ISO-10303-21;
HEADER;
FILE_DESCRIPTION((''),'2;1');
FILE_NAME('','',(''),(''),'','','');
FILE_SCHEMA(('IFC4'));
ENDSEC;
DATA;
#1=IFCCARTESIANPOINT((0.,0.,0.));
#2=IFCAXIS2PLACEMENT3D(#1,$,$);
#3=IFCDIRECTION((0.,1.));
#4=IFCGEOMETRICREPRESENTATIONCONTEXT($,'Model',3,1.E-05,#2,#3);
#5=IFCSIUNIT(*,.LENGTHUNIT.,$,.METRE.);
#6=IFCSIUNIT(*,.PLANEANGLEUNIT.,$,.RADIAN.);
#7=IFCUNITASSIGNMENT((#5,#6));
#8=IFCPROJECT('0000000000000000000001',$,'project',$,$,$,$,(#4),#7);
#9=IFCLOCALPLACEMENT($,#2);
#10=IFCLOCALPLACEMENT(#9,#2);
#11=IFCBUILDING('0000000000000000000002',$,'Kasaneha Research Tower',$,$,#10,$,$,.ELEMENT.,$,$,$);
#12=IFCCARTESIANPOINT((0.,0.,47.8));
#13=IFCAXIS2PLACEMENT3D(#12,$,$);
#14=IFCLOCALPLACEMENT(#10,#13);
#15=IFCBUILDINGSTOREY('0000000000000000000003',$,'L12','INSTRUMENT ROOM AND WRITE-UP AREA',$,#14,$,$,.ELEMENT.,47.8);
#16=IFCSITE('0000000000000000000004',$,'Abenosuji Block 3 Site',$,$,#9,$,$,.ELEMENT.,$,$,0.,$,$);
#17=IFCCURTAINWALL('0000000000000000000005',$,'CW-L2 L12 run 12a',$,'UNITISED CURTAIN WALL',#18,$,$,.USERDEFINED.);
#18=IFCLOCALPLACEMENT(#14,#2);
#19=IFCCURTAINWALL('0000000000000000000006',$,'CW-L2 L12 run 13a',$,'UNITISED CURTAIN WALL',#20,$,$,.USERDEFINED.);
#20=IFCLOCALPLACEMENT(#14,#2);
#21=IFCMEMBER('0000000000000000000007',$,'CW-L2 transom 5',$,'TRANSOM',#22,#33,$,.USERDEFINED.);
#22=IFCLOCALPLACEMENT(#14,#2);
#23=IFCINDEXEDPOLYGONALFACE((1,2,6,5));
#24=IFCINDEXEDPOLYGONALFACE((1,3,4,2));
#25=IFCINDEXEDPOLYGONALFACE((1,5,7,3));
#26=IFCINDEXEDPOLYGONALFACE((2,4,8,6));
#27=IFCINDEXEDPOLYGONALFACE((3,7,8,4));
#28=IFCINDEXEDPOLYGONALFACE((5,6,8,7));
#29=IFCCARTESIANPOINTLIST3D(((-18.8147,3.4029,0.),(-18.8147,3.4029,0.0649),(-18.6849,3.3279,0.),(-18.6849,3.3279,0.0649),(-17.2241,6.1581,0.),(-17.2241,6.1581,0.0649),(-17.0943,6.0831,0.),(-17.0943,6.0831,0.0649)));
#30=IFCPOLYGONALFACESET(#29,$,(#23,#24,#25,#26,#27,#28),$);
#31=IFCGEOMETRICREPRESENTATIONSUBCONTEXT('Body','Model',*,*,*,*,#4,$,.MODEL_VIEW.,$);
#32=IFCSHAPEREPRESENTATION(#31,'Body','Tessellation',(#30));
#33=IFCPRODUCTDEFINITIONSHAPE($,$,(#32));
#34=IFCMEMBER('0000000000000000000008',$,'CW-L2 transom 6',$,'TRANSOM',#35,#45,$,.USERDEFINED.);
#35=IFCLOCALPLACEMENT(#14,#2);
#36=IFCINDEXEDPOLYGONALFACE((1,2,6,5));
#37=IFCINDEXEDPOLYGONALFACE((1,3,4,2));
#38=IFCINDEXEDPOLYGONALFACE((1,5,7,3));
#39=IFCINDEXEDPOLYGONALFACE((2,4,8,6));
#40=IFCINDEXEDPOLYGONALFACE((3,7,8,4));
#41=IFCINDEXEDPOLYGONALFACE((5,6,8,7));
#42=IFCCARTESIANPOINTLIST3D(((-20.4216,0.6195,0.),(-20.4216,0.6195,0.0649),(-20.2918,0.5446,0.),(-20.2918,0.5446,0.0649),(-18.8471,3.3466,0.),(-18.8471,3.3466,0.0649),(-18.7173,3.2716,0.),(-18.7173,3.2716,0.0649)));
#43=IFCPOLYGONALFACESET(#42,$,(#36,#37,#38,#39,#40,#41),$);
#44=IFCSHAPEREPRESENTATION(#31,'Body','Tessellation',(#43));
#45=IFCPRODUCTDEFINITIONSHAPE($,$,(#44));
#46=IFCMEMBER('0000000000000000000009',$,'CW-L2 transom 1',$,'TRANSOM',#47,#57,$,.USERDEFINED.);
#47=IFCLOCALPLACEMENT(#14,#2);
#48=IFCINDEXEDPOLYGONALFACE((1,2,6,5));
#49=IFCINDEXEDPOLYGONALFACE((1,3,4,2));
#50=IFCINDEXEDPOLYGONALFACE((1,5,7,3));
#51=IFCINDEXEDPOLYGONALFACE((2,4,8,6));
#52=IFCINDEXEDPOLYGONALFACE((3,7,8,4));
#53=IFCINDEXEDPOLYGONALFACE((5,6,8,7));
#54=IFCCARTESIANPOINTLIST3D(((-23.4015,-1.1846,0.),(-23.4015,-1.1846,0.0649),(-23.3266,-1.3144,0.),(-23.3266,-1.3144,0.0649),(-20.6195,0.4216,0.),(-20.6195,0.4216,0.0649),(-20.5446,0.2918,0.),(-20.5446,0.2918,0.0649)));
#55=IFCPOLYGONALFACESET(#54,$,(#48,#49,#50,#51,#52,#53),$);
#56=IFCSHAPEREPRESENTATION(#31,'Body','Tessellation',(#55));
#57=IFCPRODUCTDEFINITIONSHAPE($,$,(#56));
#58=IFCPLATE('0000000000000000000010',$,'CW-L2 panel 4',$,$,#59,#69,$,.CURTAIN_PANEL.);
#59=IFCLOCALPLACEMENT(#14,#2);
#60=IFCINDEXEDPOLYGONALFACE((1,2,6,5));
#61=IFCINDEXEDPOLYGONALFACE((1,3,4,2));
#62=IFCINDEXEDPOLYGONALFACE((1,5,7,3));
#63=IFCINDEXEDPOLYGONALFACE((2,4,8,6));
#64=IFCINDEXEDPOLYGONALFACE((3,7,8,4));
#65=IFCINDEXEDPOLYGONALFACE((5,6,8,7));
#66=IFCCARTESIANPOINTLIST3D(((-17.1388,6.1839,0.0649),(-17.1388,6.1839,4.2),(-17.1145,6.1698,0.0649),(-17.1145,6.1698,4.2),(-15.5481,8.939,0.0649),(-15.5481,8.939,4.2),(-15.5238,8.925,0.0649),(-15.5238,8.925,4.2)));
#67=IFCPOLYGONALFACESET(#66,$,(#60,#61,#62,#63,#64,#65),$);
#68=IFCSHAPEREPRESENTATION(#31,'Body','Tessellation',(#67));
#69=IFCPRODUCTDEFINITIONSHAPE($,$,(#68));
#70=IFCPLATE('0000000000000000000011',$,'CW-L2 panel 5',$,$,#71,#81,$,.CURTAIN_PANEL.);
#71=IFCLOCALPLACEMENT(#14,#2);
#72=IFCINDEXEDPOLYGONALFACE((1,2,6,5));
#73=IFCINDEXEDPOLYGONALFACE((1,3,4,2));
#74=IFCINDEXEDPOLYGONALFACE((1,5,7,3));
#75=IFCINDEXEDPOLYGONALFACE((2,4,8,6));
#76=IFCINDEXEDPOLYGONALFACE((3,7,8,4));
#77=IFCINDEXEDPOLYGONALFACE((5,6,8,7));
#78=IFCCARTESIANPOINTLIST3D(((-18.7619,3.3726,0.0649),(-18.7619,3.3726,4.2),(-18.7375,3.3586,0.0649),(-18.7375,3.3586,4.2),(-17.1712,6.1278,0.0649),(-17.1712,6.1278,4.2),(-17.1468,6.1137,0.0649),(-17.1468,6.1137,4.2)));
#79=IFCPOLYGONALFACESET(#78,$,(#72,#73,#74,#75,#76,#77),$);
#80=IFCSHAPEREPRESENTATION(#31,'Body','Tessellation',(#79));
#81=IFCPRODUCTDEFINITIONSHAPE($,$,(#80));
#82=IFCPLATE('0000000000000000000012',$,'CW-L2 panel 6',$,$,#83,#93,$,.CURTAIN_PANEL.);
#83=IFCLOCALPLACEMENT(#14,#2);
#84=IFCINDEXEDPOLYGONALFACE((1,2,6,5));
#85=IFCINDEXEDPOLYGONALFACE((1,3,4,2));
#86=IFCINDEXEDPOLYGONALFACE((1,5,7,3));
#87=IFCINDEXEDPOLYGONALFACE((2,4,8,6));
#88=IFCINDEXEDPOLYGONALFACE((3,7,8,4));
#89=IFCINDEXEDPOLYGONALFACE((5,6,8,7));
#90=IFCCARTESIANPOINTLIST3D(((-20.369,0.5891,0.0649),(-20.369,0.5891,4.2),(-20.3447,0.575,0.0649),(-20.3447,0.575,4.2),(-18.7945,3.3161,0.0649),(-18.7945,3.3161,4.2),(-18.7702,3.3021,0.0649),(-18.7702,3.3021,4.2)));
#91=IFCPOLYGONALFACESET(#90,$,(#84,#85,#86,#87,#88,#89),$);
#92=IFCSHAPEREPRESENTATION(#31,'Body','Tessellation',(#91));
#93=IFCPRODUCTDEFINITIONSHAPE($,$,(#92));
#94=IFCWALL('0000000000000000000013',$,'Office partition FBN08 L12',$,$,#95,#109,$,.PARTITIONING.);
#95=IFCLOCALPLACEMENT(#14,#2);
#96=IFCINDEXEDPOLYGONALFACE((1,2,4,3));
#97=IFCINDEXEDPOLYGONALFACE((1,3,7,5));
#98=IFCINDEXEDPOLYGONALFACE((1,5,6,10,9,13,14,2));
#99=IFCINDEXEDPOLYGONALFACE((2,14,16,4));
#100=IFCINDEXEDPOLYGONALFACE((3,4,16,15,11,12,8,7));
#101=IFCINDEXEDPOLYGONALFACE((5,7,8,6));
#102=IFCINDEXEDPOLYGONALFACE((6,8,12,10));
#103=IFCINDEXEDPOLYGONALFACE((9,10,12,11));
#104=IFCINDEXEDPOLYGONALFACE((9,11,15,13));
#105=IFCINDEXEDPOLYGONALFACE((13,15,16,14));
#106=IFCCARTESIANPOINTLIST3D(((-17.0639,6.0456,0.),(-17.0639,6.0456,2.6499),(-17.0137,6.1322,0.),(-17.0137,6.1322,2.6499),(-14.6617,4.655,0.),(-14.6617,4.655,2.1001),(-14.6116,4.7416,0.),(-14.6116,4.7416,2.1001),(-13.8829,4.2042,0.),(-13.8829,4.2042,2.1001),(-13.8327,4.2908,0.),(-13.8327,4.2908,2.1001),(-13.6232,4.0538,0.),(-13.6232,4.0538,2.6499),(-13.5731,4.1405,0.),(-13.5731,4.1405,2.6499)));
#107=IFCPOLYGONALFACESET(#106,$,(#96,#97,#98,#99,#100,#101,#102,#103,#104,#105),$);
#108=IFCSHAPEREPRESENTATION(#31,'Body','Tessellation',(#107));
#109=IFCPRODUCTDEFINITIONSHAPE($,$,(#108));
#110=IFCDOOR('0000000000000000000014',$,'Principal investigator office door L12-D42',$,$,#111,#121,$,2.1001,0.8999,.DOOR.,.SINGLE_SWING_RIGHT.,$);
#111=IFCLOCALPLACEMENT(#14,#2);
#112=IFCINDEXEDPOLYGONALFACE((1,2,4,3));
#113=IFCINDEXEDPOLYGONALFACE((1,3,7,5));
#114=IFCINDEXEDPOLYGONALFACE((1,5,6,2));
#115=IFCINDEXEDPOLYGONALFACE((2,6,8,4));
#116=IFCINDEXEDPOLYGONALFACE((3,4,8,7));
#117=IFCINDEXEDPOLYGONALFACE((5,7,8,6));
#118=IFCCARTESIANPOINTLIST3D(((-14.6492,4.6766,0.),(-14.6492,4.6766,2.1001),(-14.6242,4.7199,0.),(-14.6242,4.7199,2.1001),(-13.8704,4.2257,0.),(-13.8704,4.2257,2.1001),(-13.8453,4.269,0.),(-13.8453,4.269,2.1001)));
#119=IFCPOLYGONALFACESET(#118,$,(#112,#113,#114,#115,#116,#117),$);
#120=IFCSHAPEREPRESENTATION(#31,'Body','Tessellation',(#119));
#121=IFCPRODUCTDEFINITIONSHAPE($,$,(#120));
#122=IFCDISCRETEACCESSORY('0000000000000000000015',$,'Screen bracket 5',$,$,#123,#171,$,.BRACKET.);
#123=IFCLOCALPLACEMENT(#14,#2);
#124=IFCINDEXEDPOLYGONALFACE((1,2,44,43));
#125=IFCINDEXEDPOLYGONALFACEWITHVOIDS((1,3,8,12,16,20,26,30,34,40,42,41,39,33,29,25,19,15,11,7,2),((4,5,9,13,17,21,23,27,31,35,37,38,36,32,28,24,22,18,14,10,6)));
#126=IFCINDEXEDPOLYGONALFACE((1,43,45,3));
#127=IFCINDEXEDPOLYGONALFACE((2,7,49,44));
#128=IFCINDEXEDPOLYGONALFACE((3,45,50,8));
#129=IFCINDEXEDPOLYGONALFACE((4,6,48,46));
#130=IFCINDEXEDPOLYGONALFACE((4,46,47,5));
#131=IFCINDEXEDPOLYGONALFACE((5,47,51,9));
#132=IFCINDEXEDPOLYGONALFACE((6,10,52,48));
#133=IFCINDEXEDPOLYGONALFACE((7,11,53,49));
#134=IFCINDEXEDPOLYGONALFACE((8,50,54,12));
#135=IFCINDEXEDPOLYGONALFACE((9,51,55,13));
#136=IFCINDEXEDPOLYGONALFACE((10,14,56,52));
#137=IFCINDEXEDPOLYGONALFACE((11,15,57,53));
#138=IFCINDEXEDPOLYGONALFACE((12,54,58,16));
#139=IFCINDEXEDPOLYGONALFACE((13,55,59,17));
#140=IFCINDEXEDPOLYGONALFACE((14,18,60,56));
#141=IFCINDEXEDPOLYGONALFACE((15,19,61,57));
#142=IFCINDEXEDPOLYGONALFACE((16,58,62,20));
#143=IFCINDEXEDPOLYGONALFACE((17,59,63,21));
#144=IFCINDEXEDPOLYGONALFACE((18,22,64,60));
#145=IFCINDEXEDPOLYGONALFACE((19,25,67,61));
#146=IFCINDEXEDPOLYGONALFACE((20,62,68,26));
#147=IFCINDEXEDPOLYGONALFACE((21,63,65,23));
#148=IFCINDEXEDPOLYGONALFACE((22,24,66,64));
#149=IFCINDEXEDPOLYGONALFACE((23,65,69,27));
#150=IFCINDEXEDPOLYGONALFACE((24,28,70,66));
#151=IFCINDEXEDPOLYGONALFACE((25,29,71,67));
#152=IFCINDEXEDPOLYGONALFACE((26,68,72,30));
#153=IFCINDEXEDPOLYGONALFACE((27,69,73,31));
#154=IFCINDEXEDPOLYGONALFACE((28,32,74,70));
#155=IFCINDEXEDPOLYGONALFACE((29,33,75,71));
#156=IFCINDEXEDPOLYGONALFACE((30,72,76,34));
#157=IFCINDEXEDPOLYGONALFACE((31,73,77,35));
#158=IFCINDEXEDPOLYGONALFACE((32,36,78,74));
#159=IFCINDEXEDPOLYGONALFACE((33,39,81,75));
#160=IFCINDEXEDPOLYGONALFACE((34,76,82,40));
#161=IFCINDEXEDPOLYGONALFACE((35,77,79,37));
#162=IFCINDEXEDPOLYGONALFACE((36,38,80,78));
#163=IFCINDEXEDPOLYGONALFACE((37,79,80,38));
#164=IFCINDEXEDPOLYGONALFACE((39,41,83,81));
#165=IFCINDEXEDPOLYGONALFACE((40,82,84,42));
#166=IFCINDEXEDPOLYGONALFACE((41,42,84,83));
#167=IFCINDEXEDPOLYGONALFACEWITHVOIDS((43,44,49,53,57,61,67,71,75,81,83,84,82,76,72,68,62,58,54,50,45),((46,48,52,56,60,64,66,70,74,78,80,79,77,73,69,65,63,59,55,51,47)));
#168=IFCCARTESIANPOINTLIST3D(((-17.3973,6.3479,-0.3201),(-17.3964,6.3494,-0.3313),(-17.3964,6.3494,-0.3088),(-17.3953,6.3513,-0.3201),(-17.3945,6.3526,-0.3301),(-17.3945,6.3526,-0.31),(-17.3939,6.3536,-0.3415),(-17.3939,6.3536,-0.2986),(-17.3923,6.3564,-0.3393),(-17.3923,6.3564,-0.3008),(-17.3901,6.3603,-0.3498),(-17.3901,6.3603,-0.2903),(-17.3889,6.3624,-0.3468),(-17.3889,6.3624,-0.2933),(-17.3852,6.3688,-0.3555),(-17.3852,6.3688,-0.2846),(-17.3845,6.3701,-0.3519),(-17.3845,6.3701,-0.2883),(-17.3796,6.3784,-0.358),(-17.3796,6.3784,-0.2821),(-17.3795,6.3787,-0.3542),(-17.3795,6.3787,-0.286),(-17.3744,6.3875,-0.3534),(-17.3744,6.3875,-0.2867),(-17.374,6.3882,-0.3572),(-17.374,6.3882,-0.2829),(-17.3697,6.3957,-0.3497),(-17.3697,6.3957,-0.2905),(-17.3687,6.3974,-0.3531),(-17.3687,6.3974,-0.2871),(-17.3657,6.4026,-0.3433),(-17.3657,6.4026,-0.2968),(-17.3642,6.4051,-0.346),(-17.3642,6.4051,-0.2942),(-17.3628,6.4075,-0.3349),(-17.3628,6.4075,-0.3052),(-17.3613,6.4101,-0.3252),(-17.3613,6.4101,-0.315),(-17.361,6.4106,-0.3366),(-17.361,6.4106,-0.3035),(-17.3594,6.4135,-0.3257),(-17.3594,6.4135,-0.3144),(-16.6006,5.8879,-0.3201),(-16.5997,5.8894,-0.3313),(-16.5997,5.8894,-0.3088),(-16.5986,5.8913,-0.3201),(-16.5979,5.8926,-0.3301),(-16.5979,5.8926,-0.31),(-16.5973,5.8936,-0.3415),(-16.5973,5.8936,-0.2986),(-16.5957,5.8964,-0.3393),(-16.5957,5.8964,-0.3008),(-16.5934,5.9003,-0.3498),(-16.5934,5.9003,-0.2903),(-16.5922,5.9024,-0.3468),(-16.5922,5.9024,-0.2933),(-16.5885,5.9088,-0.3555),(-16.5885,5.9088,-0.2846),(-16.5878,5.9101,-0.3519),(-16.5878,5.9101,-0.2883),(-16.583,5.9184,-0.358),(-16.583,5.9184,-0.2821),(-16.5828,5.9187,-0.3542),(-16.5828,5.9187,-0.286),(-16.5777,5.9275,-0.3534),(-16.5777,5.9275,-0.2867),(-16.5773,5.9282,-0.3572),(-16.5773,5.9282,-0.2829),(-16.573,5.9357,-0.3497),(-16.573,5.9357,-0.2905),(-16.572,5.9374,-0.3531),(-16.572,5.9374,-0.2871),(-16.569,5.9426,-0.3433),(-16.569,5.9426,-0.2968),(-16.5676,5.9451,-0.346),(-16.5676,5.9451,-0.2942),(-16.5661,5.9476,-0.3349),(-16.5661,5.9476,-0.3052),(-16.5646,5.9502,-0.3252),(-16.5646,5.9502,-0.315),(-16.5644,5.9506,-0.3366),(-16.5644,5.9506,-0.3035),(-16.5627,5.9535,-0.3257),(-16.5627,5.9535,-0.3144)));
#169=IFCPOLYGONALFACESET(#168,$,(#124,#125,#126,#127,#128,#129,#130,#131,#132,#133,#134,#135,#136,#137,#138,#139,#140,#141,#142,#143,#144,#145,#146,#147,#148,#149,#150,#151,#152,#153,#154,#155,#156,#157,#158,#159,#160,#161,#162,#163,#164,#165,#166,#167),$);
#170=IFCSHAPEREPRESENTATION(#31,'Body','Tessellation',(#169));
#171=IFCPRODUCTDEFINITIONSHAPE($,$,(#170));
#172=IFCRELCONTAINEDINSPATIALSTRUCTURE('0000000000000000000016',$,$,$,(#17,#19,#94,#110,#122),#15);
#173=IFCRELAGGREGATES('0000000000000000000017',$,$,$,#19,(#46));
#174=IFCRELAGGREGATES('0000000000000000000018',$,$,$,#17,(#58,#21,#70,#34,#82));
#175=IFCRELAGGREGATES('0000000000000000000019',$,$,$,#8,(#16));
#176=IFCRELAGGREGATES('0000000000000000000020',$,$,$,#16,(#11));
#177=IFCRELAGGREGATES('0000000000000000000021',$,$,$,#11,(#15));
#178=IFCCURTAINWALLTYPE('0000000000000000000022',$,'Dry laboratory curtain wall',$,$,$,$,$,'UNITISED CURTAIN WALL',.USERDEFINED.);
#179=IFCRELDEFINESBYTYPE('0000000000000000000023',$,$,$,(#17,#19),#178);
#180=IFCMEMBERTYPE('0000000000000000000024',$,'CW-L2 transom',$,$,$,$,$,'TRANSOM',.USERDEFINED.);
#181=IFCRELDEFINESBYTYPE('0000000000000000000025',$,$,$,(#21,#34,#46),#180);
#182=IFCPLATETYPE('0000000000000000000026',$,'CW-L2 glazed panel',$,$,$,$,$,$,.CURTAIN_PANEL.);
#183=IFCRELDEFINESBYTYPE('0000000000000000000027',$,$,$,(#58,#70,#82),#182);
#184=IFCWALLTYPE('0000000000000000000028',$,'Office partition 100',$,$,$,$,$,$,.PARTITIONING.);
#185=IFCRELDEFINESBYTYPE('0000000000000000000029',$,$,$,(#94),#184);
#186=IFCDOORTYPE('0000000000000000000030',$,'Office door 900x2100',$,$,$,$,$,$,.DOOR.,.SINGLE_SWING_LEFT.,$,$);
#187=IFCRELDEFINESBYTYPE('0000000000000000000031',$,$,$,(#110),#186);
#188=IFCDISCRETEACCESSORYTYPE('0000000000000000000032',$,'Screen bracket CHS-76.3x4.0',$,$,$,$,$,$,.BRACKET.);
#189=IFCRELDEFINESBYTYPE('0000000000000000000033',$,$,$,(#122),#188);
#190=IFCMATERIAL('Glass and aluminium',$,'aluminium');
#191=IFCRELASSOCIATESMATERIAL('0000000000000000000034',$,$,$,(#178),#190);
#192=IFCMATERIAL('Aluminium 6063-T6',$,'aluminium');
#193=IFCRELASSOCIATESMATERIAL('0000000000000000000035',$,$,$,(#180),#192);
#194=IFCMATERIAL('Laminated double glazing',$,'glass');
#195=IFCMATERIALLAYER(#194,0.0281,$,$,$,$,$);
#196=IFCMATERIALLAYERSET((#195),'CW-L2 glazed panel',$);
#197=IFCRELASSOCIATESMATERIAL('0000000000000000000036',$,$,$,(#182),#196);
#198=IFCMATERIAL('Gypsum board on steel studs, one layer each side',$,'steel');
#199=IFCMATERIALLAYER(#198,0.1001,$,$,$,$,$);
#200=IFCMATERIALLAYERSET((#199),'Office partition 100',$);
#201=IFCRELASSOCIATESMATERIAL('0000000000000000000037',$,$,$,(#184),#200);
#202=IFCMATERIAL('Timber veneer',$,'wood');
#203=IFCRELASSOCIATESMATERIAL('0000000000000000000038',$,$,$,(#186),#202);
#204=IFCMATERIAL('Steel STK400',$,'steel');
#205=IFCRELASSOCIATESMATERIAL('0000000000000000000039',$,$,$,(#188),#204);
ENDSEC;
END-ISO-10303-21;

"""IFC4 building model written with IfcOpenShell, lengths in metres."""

from ifc_helpers import new_model, si_unit, direction, frame, frame_2d, origin, origin_2d, place, context, subcontext, project, spatial, rectangle, hollow_circle, extrude, material, layer, layer_set, material_profile, profile_set, type_object, element, fill, aggregate, save


model = new_model("IFC4")

# Units and contexts
model_context = context("Model", 3, precision=1e-05, world=origin(), true_north=direction((0.0, 1.0)))
body_context = subcontext(model_context, "Body", "Model", "MODEL_VIEW")
ifc_project = project(units=[si_unit("LENGTHUNIT", "METRE"), si_unit("PLANEANGLEUNIT", "RADIAN")], contexts=[model_context])

# Site, building, storey
site_placement = place(None, origin())
site = spatial("IfcSite", under=ifc_project, at=site_placement, Name="Abenosuji Block 3 Site", CompositionType="ELEMENT", RefElevation=0.0)
building_placement = place(site_placement, origin())
building = spatial("IfcBuilding", under=site, at=building_placement, Name="Kasaneha Research Tower", CompositionType="ELEMENT")
storey_placement = place(building_placement, frame((0.0, 0.0, 47.8)))
storey = spatial("IfcBuildingStorey", under=building, at=storey_placement, Name="L12", Description="INSTRUMENT ROOM AND WRITE-UP AREA", CompositionType="ELEMENT", Elevation=47.8)

# Curtain wall
ifc_material_1 = material(Name="Glass and aluminium", Category="aluminium")
curtain_wall_type = type_object("IfcCurtainWallType", Name="Dry laboratory curtain wall", ElementType="UNITISED CURTAIN WALL", PredefinedType="USERDEFINED", material=ifc_material_1)
curtain_wall_1_placement = place(storey_placement, origin())
curtain_wall_1 = element("IfcCurtainWall", 1, at=curtain_wall_1_placement, inside=storey, type_object=curtain_wall_type, Name="CW-L2 L12 run 12a", ObjectType="UNITISED CURTAIN WALL", PredefinedType="USERDEFINED")

# Curtain wall
curtain_wall_2_placement = place(storey_placement, origin())
curtain_wall_2 = element("IfcCurtainWall", 2, at=curtain_wall_2_placement, inside=storey, type_object=curtain_wall_type, Name="CW-L2 L12 run 13a", ObjectType="UNITISED CURTAIN WALL", PredefinedType="USERDEFINED")

# Members
ifc_material_2 = material(Name="Aluminium 6063-T6", Category="aluminium")
ifc_material_profile_1 = material_profile(ifc_material_2, rectangle(XDim=0.1499, YDim=0.0649, at=origin_2d()), Name="CW-L2 transom 150x65")
ifc_profile_set_1 = profile_set([ifc_material_profile_1], Name="Aluminium 6063-T6")
member_type_1 = type_object("IfcMemberType", Name="CW-L2 transom", ElementType="TRANSOM", PredefinedType="USERDEFINED", material=ifc_profile_set_1)
member_1_placement = place(storey_placement, frame((-17.1592, 6.1206, 0.0325), z_axis=(-0.499977, -0.866039, 0.0), x_axis=(0.866039, -0.499977, 0.0)))
member_1 = element("IfcMember", 3, at=member_1_placement, type_object=member_type_1, Name="CW-L2 transom 5", ObjectType="TRANSOM", PredefinedType="USERDEFINED", context=body_context, shape_type="SweptSolid", body=[
    extrude(rectangle(XDim=0.1499, YDim=0.0649, at=origin_2d()), origin(), (0.0, 0.0, 1.0), 3.1814),
])
member_2_placement = place(storey_placement, frame((-18.7822, 3.3091, 0.0325), z_axis=(-0.5, -0.866025, 0.0), x_axis=(0.866025, -0.5, 0.0)))
member_2 = element("IfcMember", 4, at=member_2_placement, type_object=member_type_1, Name="CW-L2 transom 6", ObjectType="TRANSOM", PredefinedType="USERDEFINED", context=body_context, shape_type="SweptSolid", body=[
    extrude(rectangle(XDim=0.1499, YDim=0.0649, at=origin_2d()), origin(), (0.0, 0.0, 1.0), 3.1489),
])
member_3_placement = place(storey_placement, frame((-20.582, 0.3567, 0.0325), z_axis=(-0.866022, -0.500005, 0.0), x_axis=(0.500005, -0.866022, 0.0)))
member_3 = element("IfcMember", 5, at=member_3_placement, type_object=member_type_1, Name="CW-L2 transom 1", ObjectType="TRANSOM", PredefinedType="USERDEFINED", context=body_context, shape_type="SweptSolid", body=[
    extrude(rectangle(XDim=0.1499, YDim=0.0649, at=origin_2d()), origin(), (0.0, 0.0, 1.0), 3.2124),
])
aggregate(curtain_wall_2, [member_3])

# Plates
ifc_material_3 = material(Name="Laminated double glazing", Category="glass")
ifc_layer_1 = layer(ifc_material_3, 0.0281)
ifc_layer_set_1 = layer_set([ifc_layer_1], Name="CW-L2 glazed panel")
plate_type = type_object("IfcPlateType", Name="CW-L2 glazed panel", PredefinedType="CURTAIN_PANEL", material=ifc_layer_set_1)
plate_1_placement = place(storey_placement, frame((-16.3313, 7.5544, 0.0649), z_axis=(0.0, 0.0, 1.0), x_axis=(-0.5, -0.866025, 0.0)))
plate_1 = element("IfcPlate", 6, at=plate_1_placement, type_object=plate_type, Name="CW-L2 panel 4", PredefinedType="CURTAIN_PANEL", context=body_context, shape_type="SweptSolid", body=[
    extrude(rectangle(XDim=3.1814, YDim=0.0281, at=origin_2d()), origin(), (0.0, 0.0, 1.0), 4.135),
])
plate_2_placement = place(storey_placement, frame((-17.9543, 4.7432, 0.0649), z_axis=(0.0, 0.0, 1.0), x_axis=(-0.5, -0.866025, 0.0)))
plate_2 = element("IfcPlate", 7, at=plate_2_placement, type_object=plate_type, Name="CW-L2 panel 5", PredefinedType="CURTAIN_PANEL", context=body_context, shape_type="SweptSolid", body=[
    extrude(rectangle(XDim=3.1814, YDim=0.0281, at=origin_2d()), origin(), (0.0, 0.0, 1.0), 4.135),
])
plate_3_placement = place(storey_placement, frame((-19.5696, 1.9456, 0.0649), z_axis=(0.0, 0.0, 1.0), x_axis=(-0.5, -0.866025, 0.0)))
plate_3 = element("IfcPlate", 8, at=plate_3_placement, type_object=plate_type, Name="CW-L2 panel 6", PredefinedType="CURTAIN_PANEL", context=body_context, shape_type="SweptSolid", body=[
    extrude(rectangle(XDim=3.1489, YDim=0.0281, at=origin_2d()), origin(), (0.0, 0.0, 1.0), 4.135),
])
aggregate(curtain_wall_1, [plate_1, member_1, plate_2, member_2, plate_3])

# Wall, opening, door
ifc_material_4 = material(Name="Gypsum board on steel studs, one layer each side", Category="steel")
ifc_layer_2 = layer(ifc_material_4, 0.1001)
ifc_layer_set_2 = layer_set([ifc_layer_2], Name="Office partition 100")
wall_type = type_object("IfcWallType", Name="Office partition 100", PredefinedType="PARTITIONING", material=ifc_layer_set_2)
wall_placement = place(storey_placement, frame((-17.0388, 6.0889, 0.0), z_axis=(0.0, 0.0, 1.0), x_axis=(0.865456, -0.500985, 0.0)))
wall = element("IfcWall", 9, at=wall_placement, inside=storey, type_object=wall_type, Name="Office partition FBN08 L12", PredefinedType="PARTITIONING", context=body_context, shape_type="SweptSolid", body=[
    extrude(rectangle(XDim=3.9756, YDim=0.1001, at=frame_2d((1.9878, 0.0))), origin(), (0.0, 0.0, 1.0), 2.6499),
])
opening_placement = place(wall_placement, frame((2.7756, 0.0, 0.0)))
opening = element("IfcOpeningElement", 10, at=opening_placement, cuts=wall, PredefinedType="OPENING", context=body_context, shape_type="SweptSolid", body=[
    extrude(rectangle(XDim=0.8999, YDim=2.1001, at=frame_2d((0.45, 1.05))), frame((0.0, 0.0601, 0.0), z_axis=(0.0, -1.0, 0.0), x_axis=(1.0, 0.0, 0.0)), (0.0, 0.0, 1.0), 0.1201),
])
ifc_material_5 = material(Name="Timber veneer", Category="wood")
door_type = type_object("IfcDoorType", Name="Office door 900x2100", OperationType="SINGLE_SWING_LEFT", PredefinedType="DOOR", material=ifc_material_5)
door_placement = place(opening_placement, origin())
door = element("IfcDoor", 11, at=door_placement, inside=storey, type_object=door_type, Name="Principal investigator office door L12-D42", OperationType="SINGLE_SWING_RIGHT", OverallHeight=2.1001, OverallWidth=0.8999, PredefinedType="DOOR", context=body_context, shape_type="SweptSolid", body=[
    extrude(rectangle(XDim=0.8999, YDim=2.1001, at=frame_2d((0.45, 1.05))), frame((0.0, 0.0249, 0.0), z_axis=(0.0, -1.0, 0.0), x_axis=(1.0, 0.0, 0.0)), (0.0, 0.0, 1.0), 0.05),
])
fill(opening, door)

# Discrete accessory
ifc_material_6 = material(Name="Steel STK400", Category="steel")
ifc_material_profile_2 = material_profile(ifc_material_6, hollow_circle(Radius=0.0381, WallThickness=0.0039, at=origin_2d()), Name="CHS-76.3x4.0")
ifc_profile_set_2 = profile_set([ifc_material_profile_2], Name="Steel STK400")
discrete_accessory_type = type_object("IfcDiscreteAccessoryType", Name="Screen bracket CHS-76.3x4.0", PredefinedType="BRACKET", material=ifc_profile_set_2)
for number, where, z_axis, x_axis, name in (
    (12, (-16.5815, 5.9209, -0.3201), (-0.866013, 0.500021, 0.0), (-0.500021, -0.866013, 0.0), "Screen bracket 5"),
):
    element("IfcDiscreteAccessory", number, at=place(storey_placement, frame(where, z_axis=z_axis, x_axis=x_axis)), inside=storey, type_object=discrete_accessory_type, Name=name, PredefinedType="BRACKET", context=body_context, shape_type="SweptSolid", body=[
        extrude(hollow_circle(Radius=0.0381, WallThickness=0.0039, at=origin_2d()), origin(), (0.0, 0.0, 1.0), 0.9199),
    ])

save(model, "model.ifc")
